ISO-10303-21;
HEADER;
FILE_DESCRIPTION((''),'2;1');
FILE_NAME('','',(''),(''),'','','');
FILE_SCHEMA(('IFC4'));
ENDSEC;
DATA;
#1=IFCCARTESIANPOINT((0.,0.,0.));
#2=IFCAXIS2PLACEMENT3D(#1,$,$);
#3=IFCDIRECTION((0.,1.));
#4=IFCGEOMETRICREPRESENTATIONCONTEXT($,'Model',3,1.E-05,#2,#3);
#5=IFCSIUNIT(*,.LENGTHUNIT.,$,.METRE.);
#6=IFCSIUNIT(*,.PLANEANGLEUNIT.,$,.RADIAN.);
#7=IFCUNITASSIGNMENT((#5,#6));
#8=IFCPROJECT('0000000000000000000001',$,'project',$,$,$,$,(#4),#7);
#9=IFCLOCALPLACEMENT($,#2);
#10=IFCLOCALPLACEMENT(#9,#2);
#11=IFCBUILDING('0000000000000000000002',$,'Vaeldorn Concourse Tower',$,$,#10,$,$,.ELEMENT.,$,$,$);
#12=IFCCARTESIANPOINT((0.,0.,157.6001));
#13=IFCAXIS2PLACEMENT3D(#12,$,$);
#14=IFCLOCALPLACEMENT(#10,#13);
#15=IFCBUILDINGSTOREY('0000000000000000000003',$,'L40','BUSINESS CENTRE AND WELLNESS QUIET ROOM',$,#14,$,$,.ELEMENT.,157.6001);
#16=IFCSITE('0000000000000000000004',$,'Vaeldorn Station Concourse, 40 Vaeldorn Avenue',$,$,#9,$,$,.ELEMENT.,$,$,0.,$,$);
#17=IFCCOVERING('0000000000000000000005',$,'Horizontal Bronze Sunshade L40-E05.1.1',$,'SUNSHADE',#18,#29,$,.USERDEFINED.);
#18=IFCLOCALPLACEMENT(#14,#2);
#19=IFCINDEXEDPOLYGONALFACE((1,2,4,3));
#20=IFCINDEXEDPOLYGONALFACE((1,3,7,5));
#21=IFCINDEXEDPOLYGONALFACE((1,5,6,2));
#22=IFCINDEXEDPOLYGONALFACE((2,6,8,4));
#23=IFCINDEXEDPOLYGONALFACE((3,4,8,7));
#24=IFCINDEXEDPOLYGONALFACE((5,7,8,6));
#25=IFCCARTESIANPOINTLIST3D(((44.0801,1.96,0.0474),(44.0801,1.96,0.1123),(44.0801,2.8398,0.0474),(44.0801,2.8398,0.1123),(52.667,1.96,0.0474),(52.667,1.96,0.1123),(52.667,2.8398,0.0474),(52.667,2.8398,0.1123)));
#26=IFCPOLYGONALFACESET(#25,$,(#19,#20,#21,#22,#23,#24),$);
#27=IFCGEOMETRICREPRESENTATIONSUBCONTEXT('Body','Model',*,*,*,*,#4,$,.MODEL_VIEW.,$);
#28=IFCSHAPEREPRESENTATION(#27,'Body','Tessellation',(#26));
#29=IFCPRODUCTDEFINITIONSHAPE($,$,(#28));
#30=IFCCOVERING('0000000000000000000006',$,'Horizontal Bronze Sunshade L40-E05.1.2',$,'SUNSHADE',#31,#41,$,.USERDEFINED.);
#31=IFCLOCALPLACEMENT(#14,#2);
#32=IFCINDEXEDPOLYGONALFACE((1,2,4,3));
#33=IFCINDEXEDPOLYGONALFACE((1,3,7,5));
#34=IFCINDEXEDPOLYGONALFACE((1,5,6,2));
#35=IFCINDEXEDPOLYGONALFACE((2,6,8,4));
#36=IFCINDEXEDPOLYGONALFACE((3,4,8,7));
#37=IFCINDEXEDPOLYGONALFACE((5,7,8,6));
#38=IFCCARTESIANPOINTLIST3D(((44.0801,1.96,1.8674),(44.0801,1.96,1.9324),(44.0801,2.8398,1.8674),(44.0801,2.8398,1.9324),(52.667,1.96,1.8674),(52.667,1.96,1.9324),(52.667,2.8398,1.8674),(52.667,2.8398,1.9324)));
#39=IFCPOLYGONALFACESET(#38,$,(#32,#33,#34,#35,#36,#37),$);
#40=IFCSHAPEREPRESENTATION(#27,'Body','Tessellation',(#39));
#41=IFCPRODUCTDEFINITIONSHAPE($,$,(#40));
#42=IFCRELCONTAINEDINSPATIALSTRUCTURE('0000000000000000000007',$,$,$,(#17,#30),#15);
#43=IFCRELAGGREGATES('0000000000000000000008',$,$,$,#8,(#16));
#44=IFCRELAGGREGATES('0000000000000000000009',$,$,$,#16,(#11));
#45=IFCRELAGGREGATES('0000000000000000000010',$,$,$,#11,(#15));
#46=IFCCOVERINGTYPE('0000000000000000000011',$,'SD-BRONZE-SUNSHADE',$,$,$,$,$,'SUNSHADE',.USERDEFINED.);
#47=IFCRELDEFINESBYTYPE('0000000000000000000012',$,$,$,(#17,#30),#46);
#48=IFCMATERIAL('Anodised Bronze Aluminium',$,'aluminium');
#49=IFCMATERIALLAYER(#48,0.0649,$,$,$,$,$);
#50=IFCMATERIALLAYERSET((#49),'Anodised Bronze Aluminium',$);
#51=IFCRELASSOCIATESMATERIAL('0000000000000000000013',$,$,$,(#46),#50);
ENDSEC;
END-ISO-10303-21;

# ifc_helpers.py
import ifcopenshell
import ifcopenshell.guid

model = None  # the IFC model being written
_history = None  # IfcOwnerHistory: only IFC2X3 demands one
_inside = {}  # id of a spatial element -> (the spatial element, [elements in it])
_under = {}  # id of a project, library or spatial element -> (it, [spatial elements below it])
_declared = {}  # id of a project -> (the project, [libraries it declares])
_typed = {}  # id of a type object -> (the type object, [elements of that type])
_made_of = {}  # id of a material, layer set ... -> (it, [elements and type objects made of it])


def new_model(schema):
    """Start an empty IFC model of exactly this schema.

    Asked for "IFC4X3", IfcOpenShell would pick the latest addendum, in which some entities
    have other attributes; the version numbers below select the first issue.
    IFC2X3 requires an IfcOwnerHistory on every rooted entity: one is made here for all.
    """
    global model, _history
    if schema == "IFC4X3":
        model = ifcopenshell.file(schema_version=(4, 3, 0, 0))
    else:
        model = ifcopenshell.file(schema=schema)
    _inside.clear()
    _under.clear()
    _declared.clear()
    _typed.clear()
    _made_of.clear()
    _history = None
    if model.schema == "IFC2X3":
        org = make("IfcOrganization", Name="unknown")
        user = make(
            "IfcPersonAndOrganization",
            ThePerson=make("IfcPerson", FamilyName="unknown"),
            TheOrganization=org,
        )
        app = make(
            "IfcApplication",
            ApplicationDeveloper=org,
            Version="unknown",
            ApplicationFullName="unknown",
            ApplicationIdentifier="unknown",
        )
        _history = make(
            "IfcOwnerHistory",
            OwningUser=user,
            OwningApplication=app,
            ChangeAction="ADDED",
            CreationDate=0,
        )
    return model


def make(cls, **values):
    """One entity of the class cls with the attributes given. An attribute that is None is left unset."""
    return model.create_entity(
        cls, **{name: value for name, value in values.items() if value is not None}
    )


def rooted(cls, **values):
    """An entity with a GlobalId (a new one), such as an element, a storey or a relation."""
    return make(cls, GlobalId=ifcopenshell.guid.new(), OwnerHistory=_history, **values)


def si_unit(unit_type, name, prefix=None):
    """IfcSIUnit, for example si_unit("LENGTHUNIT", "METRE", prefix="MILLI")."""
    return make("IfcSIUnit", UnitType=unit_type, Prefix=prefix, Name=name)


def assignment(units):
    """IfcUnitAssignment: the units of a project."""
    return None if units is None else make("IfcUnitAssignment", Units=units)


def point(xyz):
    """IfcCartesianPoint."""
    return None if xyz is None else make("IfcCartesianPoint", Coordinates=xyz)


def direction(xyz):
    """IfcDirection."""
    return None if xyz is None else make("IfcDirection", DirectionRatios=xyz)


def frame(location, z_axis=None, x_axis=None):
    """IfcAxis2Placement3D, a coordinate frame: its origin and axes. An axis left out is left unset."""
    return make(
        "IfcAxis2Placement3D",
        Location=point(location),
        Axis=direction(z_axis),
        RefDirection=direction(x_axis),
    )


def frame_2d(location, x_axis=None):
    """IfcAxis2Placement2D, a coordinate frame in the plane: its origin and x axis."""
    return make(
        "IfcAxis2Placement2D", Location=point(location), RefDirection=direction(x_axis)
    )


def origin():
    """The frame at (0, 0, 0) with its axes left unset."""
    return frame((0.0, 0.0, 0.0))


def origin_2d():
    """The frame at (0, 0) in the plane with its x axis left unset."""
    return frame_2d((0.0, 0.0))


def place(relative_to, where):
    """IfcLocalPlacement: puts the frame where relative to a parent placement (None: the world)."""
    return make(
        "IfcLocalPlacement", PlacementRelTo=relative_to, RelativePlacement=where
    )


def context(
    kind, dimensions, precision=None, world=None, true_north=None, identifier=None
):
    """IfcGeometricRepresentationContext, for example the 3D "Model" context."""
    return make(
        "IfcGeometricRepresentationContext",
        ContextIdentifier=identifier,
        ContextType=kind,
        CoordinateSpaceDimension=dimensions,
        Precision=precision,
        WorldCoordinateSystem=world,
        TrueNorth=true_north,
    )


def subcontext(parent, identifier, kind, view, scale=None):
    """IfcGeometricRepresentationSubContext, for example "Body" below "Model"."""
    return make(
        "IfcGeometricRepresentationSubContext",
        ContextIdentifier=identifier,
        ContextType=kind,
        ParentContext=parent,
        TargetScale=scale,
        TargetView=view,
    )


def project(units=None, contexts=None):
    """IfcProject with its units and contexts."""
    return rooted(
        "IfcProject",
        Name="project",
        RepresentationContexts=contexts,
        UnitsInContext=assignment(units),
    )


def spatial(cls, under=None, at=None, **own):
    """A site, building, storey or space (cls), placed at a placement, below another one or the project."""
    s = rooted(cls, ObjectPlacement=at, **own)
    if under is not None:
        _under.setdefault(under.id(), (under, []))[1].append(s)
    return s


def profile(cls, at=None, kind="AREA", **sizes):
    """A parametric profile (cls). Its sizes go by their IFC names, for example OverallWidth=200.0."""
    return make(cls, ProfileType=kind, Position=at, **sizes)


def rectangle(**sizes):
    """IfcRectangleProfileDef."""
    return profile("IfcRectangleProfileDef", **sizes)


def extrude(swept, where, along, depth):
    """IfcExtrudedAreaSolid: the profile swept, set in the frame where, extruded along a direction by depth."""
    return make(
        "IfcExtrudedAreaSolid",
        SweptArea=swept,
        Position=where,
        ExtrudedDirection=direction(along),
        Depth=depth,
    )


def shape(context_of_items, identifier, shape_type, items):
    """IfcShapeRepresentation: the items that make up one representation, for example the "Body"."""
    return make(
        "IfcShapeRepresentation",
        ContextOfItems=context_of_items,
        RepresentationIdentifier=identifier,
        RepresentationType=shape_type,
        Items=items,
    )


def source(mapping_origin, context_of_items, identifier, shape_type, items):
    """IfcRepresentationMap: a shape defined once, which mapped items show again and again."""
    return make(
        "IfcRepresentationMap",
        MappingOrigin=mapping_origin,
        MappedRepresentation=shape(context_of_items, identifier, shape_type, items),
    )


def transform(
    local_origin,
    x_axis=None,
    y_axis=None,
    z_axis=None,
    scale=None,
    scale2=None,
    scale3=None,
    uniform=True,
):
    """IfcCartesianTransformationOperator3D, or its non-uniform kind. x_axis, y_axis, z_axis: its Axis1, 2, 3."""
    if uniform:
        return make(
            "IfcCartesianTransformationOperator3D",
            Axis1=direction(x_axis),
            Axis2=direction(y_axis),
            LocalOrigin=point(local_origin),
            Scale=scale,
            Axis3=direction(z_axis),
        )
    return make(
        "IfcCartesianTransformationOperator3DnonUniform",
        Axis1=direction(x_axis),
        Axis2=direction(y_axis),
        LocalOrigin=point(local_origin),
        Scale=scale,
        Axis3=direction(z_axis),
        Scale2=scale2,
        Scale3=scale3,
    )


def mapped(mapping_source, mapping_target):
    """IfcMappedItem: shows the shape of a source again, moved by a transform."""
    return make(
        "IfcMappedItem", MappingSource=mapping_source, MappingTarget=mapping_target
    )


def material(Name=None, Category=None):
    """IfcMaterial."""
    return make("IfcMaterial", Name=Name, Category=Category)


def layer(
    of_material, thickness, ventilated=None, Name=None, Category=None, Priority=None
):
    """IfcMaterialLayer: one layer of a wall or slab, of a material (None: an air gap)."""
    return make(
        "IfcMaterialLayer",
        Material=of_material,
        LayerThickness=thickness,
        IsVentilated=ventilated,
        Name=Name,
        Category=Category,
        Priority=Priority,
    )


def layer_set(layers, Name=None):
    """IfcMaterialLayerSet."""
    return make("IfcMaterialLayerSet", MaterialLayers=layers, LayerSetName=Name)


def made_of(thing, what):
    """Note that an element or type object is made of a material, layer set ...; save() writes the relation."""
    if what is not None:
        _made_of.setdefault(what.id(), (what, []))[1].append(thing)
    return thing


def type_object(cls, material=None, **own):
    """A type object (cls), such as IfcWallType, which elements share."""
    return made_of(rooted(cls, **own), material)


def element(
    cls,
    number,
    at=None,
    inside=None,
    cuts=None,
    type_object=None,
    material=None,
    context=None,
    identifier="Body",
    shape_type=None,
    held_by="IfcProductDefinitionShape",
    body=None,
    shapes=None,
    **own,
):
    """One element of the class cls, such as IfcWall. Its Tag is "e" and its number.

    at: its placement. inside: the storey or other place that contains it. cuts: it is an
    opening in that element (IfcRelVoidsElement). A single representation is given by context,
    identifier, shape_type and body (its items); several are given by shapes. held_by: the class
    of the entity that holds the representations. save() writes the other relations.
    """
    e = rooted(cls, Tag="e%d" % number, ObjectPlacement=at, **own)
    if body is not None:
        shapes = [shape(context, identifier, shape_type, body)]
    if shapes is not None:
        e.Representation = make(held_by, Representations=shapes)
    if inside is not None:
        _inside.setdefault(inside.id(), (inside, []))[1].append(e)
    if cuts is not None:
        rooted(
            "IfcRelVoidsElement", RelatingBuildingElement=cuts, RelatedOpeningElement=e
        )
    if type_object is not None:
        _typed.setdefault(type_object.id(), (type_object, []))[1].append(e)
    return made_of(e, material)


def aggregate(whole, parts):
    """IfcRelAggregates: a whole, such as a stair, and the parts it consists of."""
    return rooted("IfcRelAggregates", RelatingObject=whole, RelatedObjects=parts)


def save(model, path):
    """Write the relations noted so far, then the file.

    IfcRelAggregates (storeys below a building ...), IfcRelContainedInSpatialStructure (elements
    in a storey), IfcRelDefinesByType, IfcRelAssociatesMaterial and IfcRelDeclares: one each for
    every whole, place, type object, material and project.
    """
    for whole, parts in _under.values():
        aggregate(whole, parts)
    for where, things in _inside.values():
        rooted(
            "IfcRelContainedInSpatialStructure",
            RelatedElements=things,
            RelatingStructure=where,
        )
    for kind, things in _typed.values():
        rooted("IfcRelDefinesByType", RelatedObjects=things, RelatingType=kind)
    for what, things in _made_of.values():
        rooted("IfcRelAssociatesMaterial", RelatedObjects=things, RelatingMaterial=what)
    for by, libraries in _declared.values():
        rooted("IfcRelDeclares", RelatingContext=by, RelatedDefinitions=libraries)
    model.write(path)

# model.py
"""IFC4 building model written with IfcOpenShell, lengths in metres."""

from ifc_helpers import new_model, si_unit, direction, frame, origin, origin_2d, place, context, subcontext, project, spatial, rectangle, extrude, source, transform, mapped, material, layer, layer_set, type_object, element, save


model = new_model("IFC4")

# Units and contexts
model_context = context("Model", 3, precision=1e-05, world=origin(), true_north=direction((0.0, 1.0)))
body_context = subcontext(model_context, "Body", "Model", "MODEL_VIEW")
ifc_project = project(units=[si_unit("LENGTHUNIT", "METRE"), si_unit("PLANEANGLEUNIT", "RADIAN")], contexts=[model_context])

# Site, building, storey
site_placement = place(None, origin())
site = spatial("IfcSite", under=ifc_project, at=site_placement, Name="Vaeldorn Station Concourse, 40 Vaeldorn Avenue", CompositionType="ELEMENT", RefElevation=0.0)
building_placement = place(site_placement, origin())
building = spatial("IfcBuilding", under=site, at=building_placement, Name="Vaeldorn Concourse Tower", CompositionType="ELEMENT")
storey_placement = place(building_placement, frame((0.0, 0.0, 157.6001)))
storey = spatial("IfcBuildingStorey", under=building, at=storey_placement, Name="L40", Description="BUSINESS CENTRE AND WELLNESS QUIET ROOM", CompositionType="ELEMENT", Elevation=157.6001)

# Shared definitions
ifc_material_1 = material(Name="Anodised Bronze Aluminium", Category="aluminium")

# Coverings
ifc_layer_1 = layer(ifc_material_1, 0.0649)
ifc_layer_set_1 = layer_set([ifc_layer_1], Name="Anodised Bronze Aluminium")
covering_type = type_object("IfcCoveringType", Name="SD-BRONZE-SUNSHADE", ElementType="SUNSHADE", PredefinedType="USERDEFINED", material=ifc_layer_set_1)
shared_shape_1 = source(origin(), body_context, "Body", "SweptSolid", [
    extrude(rectangle(XDim=8.5869, YDim=0.8799, at=origin_2d()), origin(), (0.0, 0.0, 1.0), 0.0649),
])
for number, where, z_axis, x_axis, name in (
    (1, (48.3735, 2.3999, 0.0474), (0.0, 0.0, 1.0), (1.0, 0.0, 0.0), "Horizontal Bronze Sunshade L40-E05.1.1"),
    (2, (48.3735, 2.3999, 1.8674), (0.0, 0.0, 1.0), (1.0, 0.0, 0.0), "Horizontal Bronze Sunshade L40-E05.1.2"),
):
    element("IfcCovering", number, at=place(storey_placement, frame(where, z_axis=z_axis, x_axis=x_axis)), inside=storey, type_object=covering_type, Name=name, ObjectType="SUNSHADE", PredefinedType="USERDEFINED", context=body_context, shape_type="MappedRepresentation", body=[
        mapped(shared_shape_1, transform((0.0, 0.0, 0.0), scale=1.0)),
    ])

save(model, "model.ifc")
